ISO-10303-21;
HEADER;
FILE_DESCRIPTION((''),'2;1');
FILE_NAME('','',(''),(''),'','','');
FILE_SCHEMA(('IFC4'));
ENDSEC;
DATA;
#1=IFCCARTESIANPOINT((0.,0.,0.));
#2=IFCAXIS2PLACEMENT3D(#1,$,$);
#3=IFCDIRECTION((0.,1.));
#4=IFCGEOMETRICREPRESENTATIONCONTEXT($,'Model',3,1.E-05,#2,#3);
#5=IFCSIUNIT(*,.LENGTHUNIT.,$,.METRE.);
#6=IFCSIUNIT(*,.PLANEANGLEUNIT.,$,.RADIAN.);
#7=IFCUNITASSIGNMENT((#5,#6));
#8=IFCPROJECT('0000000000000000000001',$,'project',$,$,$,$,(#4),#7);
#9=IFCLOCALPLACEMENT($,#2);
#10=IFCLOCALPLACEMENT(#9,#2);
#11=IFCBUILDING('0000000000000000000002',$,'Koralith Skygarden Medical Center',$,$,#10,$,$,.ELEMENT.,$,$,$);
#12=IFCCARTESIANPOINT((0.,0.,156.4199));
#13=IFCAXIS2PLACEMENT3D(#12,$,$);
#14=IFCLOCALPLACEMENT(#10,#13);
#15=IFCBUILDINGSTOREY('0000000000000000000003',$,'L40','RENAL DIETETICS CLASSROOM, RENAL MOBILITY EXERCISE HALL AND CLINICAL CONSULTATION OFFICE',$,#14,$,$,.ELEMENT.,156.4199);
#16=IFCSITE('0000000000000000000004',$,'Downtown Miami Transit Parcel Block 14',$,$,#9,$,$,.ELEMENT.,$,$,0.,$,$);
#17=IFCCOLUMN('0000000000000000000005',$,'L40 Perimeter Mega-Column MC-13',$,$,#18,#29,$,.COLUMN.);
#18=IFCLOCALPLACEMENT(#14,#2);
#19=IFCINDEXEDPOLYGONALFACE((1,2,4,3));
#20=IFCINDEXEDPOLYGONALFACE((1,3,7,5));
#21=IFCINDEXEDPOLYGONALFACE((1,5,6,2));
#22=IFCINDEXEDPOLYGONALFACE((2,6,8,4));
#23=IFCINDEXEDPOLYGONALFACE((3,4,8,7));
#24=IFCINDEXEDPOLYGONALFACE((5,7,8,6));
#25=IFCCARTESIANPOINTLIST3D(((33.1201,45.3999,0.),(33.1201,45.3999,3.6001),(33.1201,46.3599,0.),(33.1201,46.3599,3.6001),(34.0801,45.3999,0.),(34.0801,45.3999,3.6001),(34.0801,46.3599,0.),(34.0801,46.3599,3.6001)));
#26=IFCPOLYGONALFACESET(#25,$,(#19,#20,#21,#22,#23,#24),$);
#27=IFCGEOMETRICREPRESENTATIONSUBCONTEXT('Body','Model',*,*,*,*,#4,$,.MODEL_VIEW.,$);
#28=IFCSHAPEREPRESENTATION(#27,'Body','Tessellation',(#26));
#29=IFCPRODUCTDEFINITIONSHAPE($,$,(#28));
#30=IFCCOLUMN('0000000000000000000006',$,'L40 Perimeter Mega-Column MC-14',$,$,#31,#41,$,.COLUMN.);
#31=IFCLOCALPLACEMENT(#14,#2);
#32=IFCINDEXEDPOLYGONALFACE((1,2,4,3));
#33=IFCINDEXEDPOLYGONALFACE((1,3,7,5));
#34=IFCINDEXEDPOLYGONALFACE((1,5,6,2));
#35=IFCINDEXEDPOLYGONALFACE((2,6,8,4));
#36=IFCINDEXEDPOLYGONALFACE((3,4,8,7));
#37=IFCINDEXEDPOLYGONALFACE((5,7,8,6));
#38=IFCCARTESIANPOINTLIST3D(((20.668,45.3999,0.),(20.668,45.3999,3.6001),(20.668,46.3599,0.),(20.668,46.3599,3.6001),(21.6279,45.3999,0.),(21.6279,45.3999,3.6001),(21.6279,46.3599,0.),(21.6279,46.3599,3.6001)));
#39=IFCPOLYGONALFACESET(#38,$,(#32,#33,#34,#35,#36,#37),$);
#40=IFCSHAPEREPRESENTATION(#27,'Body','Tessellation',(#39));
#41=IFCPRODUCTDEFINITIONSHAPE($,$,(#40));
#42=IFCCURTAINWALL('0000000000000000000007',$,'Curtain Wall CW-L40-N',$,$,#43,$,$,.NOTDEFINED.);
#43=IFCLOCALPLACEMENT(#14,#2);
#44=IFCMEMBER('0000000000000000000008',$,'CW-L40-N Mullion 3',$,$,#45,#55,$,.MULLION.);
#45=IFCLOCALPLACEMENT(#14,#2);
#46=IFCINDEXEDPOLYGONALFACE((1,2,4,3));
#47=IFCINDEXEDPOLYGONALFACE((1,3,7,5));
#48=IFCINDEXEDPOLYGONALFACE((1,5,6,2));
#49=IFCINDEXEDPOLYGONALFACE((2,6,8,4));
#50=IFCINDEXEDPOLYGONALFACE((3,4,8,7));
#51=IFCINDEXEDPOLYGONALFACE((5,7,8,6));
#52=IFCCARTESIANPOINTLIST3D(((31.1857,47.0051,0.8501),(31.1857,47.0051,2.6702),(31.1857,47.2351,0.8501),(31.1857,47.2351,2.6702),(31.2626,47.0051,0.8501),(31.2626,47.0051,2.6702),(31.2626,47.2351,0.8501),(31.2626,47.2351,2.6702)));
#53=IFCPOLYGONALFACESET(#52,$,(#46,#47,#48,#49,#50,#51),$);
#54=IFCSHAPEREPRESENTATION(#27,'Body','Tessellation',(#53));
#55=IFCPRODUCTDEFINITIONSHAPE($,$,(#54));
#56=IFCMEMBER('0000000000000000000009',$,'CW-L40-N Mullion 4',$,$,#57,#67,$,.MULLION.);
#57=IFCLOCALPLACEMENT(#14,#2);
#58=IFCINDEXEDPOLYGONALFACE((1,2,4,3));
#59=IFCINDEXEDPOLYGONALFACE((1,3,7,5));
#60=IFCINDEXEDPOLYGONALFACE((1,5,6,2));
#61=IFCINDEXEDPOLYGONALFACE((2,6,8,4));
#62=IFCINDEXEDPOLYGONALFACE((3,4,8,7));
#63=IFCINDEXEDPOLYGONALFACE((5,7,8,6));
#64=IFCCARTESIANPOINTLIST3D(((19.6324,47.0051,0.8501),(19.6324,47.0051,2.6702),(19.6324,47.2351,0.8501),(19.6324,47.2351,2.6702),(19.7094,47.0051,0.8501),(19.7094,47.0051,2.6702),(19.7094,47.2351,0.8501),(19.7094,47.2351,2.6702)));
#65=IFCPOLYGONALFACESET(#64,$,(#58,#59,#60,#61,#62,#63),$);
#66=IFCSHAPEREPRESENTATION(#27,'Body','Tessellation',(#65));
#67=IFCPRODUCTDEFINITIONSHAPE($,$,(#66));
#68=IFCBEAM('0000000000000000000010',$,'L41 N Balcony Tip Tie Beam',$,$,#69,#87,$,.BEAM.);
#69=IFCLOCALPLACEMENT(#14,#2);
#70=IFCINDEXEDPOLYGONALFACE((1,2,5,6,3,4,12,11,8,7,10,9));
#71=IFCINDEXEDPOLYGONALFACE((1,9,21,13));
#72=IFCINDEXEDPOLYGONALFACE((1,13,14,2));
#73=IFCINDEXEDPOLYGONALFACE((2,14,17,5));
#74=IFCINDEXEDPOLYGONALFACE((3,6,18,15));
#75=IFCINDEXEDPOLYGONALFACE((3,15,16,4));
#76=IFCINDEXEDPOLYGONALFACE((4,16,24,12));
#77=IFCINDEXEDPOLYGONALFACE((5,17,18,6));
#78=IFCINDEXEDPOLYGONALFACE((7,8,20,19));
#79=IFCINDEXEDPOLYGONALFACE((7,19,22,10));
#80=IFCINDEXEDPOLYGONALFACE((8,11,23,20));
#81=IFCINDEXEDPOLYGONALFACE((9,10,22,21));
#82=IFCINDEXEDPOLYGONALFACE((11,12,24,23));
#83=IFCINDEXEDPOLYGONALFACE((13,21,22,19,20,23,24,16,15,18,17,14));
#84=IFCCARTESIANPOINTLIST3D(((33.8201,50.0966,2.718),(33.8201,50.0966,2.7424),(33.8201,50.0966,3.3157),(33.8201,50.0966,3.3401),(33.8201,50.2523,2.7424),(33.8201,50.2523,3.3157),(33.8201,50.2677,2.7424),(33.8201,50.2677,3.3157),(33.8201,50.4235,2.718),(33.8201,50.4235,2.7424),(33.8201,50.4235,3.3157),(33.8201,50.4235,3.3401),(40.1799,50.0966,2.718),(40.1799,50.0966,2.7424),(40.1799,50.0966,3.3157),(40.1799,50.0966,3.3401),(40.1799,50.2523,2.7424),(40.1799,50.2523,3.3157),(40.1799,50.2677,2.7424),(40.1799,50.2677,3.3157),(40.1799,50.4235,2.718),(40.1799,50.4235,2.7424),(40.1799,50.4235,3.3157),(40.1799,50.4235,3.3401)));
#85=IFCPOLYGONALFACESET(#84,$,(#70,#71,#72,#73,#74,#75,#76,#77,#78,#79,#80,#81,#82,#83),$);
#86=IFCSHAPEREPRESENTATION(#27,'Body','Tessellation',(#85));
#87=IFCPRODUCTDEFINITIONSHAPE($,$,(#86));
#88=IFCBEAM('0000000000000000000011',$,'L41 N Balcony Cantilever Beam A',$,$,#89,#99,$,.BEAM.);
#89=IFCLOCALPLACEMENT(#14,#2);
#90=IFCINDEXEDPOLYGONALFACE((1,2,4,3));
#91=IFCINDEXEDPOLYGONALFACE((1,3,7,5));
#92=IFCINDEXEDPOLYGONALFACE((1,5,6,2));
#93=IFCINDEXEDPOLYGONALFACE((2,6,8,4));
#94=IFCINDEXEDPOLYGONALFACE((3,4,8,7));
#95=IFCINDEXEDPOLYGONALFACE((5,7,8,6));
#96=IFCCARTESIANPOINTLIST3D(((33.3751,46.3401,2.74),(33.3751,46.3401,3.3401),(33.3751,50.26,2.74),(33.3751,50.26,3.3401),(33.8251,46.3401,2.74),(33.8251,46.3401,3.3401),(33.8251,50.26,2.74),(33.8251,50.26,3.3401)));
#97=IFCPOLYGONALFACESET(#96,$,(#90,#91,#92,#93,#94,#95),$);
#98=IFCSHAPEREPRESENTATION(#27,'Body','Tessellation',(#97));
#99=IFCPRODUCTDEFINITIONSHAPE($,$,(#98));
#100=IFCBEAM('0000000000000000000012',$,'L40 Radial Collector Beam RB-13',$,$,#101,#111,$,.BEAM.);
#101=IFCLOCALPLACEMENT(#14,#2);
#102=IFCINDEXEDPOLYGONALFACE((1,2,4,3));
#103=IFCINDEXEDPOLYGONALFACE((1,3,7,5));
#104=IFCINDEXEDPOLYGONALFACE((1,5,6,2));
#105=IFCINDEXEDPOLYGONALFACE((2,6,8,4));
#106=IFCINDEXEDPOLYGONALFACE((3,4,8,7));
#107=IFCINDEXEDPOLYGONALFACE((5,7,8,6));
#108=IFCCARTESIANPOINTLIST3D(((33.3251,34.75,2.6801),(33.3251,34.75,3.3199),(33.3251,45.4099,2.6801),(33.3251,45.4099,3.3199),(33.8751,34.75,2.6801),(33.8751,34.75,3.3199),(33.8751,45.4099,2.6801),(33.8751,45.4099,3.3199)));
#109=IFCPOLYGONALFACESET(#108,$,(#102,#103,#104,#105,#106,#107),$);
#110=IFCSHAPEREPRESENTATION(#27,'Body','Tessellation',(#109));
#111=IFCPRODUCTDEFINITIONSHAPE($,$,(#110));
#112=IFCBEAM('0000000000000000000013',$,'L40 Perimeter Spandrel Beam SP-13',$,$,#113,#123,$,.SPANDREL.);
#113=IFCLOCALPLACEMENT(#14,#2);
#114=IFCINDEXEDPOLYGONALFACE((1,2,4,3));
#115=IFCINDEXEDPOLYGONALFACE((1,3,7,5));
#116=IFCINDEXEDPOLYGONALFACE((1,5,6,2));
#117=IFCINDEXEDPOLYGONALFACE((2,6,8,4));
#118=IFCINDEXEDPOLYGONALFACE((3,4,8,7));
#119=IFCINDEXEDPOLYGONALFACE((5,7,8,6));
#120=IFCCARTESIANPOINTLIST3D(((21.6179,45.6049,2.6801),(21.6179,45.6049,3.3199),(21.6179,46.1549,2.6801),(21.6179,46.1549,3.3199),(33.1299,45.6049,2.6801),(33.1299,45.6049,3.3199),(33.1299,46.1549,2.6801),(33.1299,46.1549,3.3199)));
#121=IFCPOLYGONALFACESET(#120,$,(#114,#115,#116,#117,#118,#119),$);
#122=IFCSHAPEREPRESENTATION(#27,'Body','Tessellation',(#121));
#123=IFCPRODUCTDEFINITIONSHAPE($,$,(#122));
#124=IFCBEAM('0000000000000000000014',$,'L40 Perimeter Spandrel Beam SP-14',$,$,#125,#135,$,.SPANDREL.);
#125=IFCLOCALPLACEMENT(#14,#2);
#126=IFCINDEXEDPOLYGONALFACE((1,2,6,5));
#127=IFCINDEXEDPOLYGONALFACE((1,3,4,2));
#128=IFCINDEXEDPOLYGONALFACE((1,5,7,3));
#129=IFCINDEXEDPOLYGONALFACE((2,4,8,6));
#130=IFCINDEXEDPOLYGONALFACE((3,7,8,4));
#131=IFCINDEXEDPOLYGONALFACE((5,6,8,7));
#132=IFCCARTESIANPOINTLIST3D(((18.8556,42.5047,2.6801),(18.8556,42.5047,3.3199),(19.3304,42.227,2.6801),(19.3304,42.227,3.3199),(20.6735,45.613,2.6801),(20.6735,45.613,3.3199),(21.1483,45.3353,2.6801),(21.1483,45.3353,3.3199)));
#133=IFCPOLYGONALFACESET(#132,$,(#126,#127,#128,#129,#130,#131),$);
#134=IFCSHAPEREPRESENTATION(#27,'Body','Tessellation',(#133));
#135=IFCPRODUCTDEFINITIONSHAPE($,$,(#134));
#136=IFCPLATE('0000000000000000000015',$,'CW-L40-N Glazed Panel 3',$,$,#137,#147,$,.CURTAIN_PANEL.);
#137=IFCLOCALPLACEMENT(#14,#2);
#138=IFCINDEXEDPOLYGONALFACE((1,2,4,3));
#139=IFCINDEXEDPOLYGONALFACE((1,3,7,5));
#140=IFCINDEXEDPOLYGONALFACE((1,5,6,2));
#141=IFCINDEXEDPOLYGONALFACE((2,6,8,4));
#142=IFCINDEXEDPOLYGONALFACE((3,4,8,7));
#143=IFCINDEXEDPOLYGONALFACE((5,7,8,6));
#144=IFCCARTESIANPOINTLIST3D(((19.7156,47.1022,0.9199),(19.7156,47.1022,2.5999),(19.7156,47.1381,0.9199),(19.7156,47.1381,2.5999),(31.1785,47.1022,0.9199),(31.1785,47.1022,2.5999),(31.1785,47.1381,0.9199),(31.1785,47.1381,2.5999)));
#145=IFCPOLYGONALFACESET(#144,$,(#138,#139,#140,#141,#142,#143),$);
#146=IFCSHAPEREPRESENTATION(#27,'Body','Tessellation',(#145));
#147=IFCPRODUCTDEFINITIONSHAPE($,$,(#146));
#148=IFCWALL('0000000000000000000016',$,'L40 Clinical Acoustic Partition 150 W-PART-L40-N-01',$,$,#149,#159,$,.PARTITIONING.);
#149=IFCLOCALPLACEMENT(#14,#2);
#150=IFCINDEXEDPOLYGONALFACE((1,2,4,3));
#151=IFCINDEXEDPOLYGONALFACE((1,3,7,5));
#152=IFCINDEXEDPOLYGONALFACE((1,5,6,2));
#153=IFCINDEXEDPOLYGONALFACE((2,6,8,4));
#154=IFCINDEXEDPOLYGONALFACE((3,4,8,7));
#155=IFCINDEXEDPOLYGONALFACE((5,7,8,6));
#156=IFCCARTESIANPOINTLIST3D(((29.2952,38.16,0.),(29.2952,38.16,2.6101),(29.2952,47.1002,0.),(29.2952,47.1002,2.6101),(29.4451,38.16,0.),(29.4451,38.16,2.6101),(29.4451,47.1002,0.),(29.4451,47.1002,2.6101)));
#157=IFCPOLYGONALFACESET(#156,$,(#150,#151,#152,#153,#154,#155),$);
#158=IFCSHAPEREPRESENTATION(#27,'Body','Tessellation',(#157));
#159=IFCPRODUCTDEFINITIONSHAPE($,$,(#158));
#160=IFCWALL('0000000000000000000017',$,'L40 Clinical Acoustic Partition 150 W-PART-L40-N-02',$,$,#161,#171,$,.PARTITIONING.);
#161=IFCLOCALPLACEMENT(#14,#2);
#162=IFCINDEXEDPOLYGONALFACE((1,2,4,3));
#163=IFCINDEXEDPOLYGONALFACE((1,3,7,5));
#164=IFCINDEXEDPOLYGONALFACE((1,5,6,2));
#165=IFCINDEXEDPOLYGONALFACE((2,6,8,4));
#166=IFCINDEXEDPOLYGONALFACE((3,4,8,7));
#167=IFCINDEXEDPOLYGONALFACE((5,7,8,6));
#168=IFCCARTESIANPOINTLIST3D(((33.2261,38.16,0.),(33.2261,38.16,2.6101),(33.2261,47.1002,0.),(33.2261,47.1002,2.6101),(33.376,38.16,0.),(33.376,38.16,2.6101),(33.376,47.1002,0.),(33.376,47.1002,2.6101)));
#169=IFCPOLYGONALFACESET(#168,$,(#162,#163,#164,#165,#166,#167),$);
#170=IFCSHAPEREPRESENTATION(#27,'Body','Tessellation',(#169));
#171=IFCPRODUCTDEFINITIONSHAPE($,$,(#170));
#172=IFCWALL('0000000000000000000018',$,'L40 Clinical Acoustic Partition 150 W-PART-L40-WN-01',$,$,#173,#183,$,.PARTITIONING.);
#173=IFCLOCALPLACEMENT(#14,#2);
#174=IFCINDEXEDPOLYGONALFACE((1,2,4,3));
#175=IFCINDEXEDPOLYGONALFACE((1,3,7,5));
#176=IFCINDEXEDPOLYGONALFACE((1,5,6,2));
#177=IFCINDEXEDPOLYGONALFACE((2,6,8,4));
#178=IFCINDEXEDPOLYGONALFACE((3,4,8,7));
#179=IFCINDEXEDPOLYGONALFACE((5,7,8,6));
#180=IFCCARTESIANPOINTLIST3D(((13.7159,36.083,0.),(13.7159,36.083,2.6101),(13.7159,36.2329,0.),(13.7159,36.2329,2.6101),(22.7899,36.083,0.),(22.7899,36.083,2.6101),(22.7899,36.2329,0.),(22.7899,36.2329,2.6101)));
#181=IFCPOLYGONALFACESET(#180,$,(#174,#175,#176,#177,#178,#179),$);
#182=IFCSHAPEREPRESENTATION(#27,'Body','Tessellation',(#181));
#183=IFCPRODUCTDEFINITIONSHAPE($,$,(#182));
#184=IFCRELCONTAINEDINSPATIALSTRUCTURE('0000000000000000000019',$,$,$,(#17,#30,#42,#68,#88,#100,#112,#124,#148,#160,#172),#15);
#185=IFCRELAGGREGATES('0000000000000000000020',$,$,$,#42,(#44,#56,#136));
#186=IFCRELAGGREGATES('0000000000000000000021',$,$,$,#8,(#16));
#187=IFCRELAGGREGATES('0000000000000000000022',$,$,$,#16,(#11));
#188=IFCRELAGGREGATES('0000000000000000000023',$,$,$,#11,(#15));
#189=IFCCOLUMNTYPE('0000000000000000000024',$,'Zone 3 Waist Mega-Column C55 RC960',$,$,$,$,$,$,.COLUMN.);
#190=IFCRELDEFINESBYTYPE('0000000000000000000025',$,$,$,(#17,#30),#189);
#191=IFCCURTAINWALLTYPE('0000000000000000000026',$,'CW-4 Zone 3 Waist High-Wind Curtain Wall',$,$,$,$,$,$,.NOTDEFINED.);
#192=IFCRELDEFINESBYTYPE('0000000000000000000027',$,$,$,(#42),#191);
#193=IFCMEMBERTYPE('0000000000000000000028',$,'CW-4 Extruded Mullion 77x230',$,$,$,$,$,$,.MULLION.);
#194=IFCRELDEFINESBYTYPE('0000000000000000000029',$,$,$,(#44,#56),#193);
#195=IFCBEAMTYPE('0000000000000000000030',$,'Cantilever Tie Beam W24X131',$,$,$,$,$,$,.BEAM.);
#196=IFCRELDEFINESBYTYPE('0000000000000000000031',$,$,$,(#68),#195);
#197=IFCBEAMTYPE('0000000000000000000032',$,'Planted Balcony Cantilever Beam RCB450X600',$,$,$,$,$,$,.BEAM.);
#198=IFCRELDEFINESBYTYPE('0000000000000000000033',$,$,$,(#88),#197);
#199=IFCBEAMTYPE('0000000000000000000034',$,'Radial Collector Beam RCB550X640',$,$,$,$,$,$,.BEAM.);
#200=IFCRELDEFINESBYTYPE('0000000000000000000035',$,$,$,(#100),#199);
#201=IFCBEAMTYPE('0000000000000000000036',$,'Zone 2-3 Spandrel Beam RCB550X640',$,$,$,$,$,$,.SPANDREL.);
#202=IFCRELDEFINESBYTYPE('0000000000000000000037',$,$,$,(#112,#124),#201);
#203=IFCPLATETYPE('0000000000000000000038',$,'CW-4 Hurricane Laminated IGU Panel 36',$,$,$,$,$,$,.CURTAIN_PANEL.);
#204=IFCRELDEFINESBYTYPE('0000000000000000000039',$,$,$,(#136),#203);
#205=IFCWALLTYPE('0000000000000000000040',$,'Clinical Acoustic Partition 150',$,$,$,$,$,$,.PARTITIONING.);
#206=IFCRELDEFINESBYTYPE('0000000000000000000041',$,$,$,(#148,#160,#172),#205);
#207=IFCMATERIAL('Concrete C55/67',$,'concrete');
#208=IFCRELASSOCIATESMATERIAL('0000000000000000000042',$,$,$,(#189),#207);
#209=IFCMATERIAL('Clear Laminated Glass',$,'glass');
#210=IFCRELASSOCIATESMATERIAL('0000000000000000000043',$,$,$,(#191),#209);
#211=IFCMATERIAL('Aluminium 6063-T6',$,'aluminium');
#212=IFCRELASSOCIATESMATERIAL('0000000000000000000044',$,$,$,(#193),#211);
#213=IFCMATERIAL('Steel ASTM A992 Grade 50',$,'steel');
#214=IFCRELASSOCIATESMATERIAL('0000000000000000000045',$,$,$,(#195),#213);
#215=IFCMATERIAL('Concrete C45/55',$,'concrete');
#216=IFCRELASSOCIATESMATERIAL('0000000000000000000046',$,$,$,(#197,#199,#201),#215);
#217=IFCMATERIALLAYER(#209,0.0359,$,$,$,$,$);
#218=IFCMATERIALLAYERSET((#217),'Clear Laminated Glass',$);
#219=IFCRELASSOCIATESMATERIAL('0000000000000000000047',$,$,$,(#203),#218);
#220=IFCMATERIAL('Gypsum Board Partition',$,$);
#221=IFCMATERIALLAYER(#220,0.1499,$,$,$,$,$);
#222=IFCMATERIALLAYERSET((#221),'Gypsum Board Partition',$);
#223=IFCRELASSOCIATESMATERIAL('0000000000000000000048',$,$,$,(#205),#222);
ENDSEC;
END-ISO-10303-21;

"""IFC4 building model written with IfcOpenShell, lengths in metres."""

from ifc_helpers import new_model, si_unit, direction, frame, frame_2d, origin, origin_2d, place, context, subcontext, project, spatial, rectangle, i_section, extrude, material, layer, layer_set, material_profile, profile_set, type_object, element, aggregate, save


model = new_model("IFC4")

# Units and contexts
model_context = context("Model", 3, precision=1e-05, world=origin(), true_north=direction((0.0, 1.0)))
body_context = subcontext(model_context, "Body", "Model", "MODEL_VIEW")
ifc_project = project(units=[si_unit("LENGTHUNIT", "METRE"), si_unit("PLANEANGLEUNIT", "RADIAN")], contexts=[model_context])

# Site, building, storey
site_placement = place(None, origin())
site = spatial("IfcSite", under=ifc_project, at=site_placement, Name="Downtown Miami Transit Parcel Block 14", CompositionType="ELEMENT", RefElevation=0.0)
building_placement = place(site_placement, origin())
building = spatial("IfcBuilding", under=site, at=building_placement, Name="Koralith Skygarden Medical Center", CompositionType="ELEMENT")
storey_placement = place(building_placement, frame((0.0, 0.0, 156.4199)))
storey = spatial("IfcBuildingStorey", under=building, at=storey_placement, Name="L40", Description="RENAL DIETETICS CLASSROOM, RENAL MOBILITY EXERCISE HALL AND CLINICAL CONSULTATION OFFICE", CompositionType="ELEMENT", Elevation=156.4199)

# Columns
ifc_material_1 = material(Name="Concrete C55/67", Category="concrete")
ifc_material_profile_1 = material_profile(ifc_material_1, rectangle(XDim=0.96, YDim=0.96, at=origin_2d()), Name="RC960X960")
ifc_profile_set_1 = profile_set([ifc_material_profile_1], Name="Concrete C55/67")
column_type = type_object("IfcColumnType", Name="Zone 3 Waist Mega-Column C55 RC960", PredefinedType="COLUMN", material=ifc_profile_set_1)
for number, where, z_axis, x_axis, name in (
    (1, (33.6001, 45.8799, 0.0), (0.0, 0.0, 1.0), (1.0, 0.0, 0.0), "L40 Perimeter Mega-Column MC-13"),
    (2, (21.1479, 45.8799, 0.0), (0.0, 0.0, 1.0), (1.0, 0.0, 0.0), "L40 Perimeter Mega-Column MC-14"),
):
    element("IfcColumn", number, at=place(storey_placement, frame(where, z_axis=z_axis, x_axis=x_axis)), inside=storey, type_object=column_type, Name=name, PredefinedType="COLUMN", context=body_context, shape_type="SweptSolid", body=[
        extrude(rectangle(XDim=0.96, YDim=0.96, at=origin_2d()), origin(), (0.0, 0.0, 1.0), 3.6001),
    ])

# Curtain wall, members
ifc_material_2 = material(Name="Clear Laminated Glass", Category="glass")
curtain_wall_type = type_object("IfcCurtainWallType", Name="CW-4 Zone 3 Waist High-Wind Curtain Wall", PredefinedType="NOTDEFINED", material=ifc_material_2)
curtain_wall_placement = place(storey_placement, origin())
curtain_wall = element("IfcCurtainWall", 3, at=curtain_wall_placement, inside=storey, type_object=curtain_wall_type, Name="Curtain Wall CW-L40-N", PredefinedType="NOTDEFINED")
ifc_material_3 = material(Name="Aluminium 6063-T6", Category="aluminium")
ifc_material_profile_2 = material_profile(ifc_material_3, rectangle(XDim=0.0769, YDim=0.23, at=origin_2d()), Name="MUL77X230")
ifc_profile_set_2 = profile_set([ifc_material_profile_2], Name="Aluminium 6063-T6")
member_type = type_object("IfcMemberType", Name="CW-4 Extruded Mullion 77x230", PredefinedType="MULLION", material=ifc_profile_set_2)
member_1_placement = place(storey_placement, frame((31.2241, 47.1201, 0.8501), z_axis=(0.0, 0.0, 1.0), x_axis=(1.0, 0.0, 0.0)))
member_1 = element("IfcMember", 4, at=member_1_placement, type_object=member_type, Name="CW-L40-N Mullion 3", PredefinedType="MULLION", context=body_context, shape_type="SweptSolid", body=[
    extrude(rectangle(XDim=0.0769, YDim=0.23, at=origin_2d()), origin(), (0.0, 0.0, 1.0), 1.8201),
])
member_2_placement = place(storey_placement, frame((19.6709, 47.1201, 0.8501), z_axis=(0.0, 0.0, 1.0), x_axis=(1.0, 0.0, 0.0)))
member_2 = element("IfcMember", 5, at=member_2_placement, type_object=member_type, Name="CW-L40-N Mullion 4", PredefinedType="MULLION", context=body_context, shape_type="SweptSolid", body=[
    extrude(rectangle(XDim=0.0769, YDim=0.23, at=origin_2d()), origin(), (0.0, 0.0, 1.0), 1.8201),
])

# Beams
ifc_material_4 = material(Name="Steel ASTM A992 Grade 50", Category="steel")
ifc_material_profile_3 = material_profile(ifc_material_4, i_section(OverallWidth=0.3269, OverallDepth=0.6221, WebThickness=0.0154, FlangeThickness=0.0244, at=origin_2d()), Name="W24X131")
ifc_profile_set_3 = profile_set([ifc_material_profile_3], Name="Steel ASTM A992 Grade 50")
beam_type_1 = type_object("IfcBeamType", Name="Cantilever Tie Beam W24X131", PredefinedType="BEAM", material=ifc_profile_set_3)
beam_1_placement = place(storey_placement, frame((33.8201, 50.26, 3.0291), z_axis=(1.0, 0.0, 0.0), x_axis=(0.0, 1.0, 0.0)))
element("IfcBeam", 6, at=beam_1_placement, inside=storey, type_object=beam_type_1, Name="L41 N Balcony Tip Tie Beam", PredefinedType="BEAM", context=body_context, shape_type="SweptSolid", body=[
    extrude(i_section(OverallWidth=0.3269, OverallDepth=0.6221, WebThickness=0.0154, FlangeThickness=0.0244, at=origin_2d()), origin(), (0.0, 0.0, 1.0), 6.3599),
])
ifc_material_5 = material(Name="Concrete C45/55", Category="concrete")
ifc_material_profile_4 = material_profile(ifc_material_5, rectangle(XDim=0.45, YDim=0.6001, at=origin_2d()), Name="RCB450X600")
ifc_profile_set_4 = profile_set([ifc_material_profile_4], Name="Concrete C45/55")
beam_type_2 = type_object("IfcBeamType", Name="Planted Balcony Cantilever Beam RCB450X600", PredefinedType="BEAM", material=ifc_profile_set_4)
beam_2_placement = place(storey_placement, frame((33.6001, 46.3401, 3.04), z_axis=(0.0, 1.0, 0.0), x_axis=(-1.0, 0.0, 0.0)))
element("IfcBeam", 7, at=beam_2_placement, inside=storey, type_object=beam_type_2, Name="L41 N Balcony Cantilever Beam A", PredefinedType="BEAM", context=body_context, shape_type="SweptSolid", body=[
    extrude(rectangle(XDim=0.45, YDim=0.6001, at=origin_2d()), origin(), (0.0, 0.0, 1.0), 3.9199),
])
ifc_material_profile_5 = material_profile(ifc_material_5, rectangle(XDim=0.55, YDim=0.6399, at=origin_2d()), Name="RCB550X640")
ifc_profile_set_5 = profile_set([ifc_material_profile_5], Name="Concrete C45/55")
beam_type_3 = type_object("IfcBeamType", Name="Radial Collector Beam RCB550X640", PredefinedType="BEAM", material=ifc_profile_set_5)
beam_3_placement = place(storey_placement, frame((33.6001, 34.75, 3.0), z_axis=(0.0, 1.0, 0.0), x_axis=(-1.0, 0.0, 0.0)))
element("IfcBeam", 8, at=beam_3_placement, inside=storey, type_object=beam_type_3, Name="L40 Radial Collector Beam RB-13", PredefinedType="BEAM", context=body_context, shape_type="SweptSolid", body=[
    extrude(rectangle(XDim=0.55, YDim=0.6399, at=origin_2d()), origin(), (0.0, 0.0, 1.0), 10.6599),
])
ifc_material_profile_6 = material_profile(ifc_material_5, rectangle(XDim=0.55, YDim=0.6399, at=origin_2d()), Name="RCB550X640")
ifc_profile_set_6 = profile_set([ifc_material_profile_6], Name="Concrete C45/55")
beam_type_4 = type_object("IfcBeamType", Name="Zone 2-3 Spandrel Beam RCB550X640", PredefinedType="SPANDREL", material=ifc_profile_set_6)
beam_4_placement = place(storey_placement, frame((33.1299, 45.8799, 3.0), z_axis=(-1.0, 0.0, 0.0), x_axis=(0.0, -1.0, 0.0)))
element("IfcBeam", 9, at=beam_4_placement, inside=storey, type_object=beam_type_4, Name="L40 Perimeter Spandrel Beam SP-13", PredefinedType="SPANDREL", context=body_context, shape_type="SweptSolid", body=[
    extrude(rectangle(XDim=0.55, YDim=0.6399, at=origin_2d()), origin(), (0.0, 0.0, 1.0), 11.512),
])
beam_5_placement = place(storey_placement, frame((20.9109, 45.4741, 3.0), z_axis=(-0.504861, -0.8632, 0.0), x_axis=(0.8632, -0.504861, 0.0)))
element("IfcBeam", 10, at=beam_5_placement, inside=storey, type_object=beam_type_4, Name="L40 Perimeter Spandrel Beam SP-14", PredefinedType="SPANDREL", context=body_context, shape_type="SweptSolid", body=[
    extrude(rectangle(XDim=0.55, YDim=0.6399, at=origin_2d()), origin(), (0.0, 0.0, 1.0), 3.6008),
])

# Plate
ifc_layer_1 = layer(ifc_material_2, 0.0359)
ifc_layer_set_1 = layer_set([ifc_layer_1], Name="Clear Laminated Glass")
plate_type = type_object("IfcPlateType", Name="CW-4 Hurricane Laminated IGU Panel 36", PredefinedType="CURTAIN_PANEL", material=ifc_layer_set_1)
plate_placement = place(storey_placement, frame((25.447, 47.1201, 0.9199), z_axis=(0.0, 0.0, 1.0), x_axis=(-1.0, 0.0, 0.0)))
plate = element("IfcPlate", 11, at=plate_placement, type_object=plate_type, Name="CW-L40-N Glazed Panel 3", PredefinedType="CURTAIN_PANEL", context=body_context, shape_type="SweptSolid", body=[
    extrude(rectangle(XDim=11.4629, YDim=0.0359, at=origin_2d()), origin(), (0.0, 0.0, 1.0), 1.6799),
])
aggregate(curtain_wall, [member_1, member_2, plate])

# Walls
ifc_material_6 = material(Name="Gypsum Board Partition")
ifc_layer_2 = layer(ifc_material_6, 0.1499)
ifc_layer_set_2 = layer_set([ifc_layer_2], Name="Gypsum Board Partition")
wall_type_1 = type_object("IfcWallType", Name="Clinical Acoustic Partition 150", PredefinedType="PARTITIONING", material=ifc_layer_set_2)
for number, where, z_axis, x_axis, name in (
    (12, (29.3701, 38.1599, 0.0), (0.0, 0.0, 1.0), (0.0, 1.0, 0.0), "L40 Clinical Acoustic Partition 150 W-PART-L40-N-01"),
    (13, (33.301, 38.1599, 0.0), (0.0, 0.0, 1.0), (0.0, 1.0, 0.0), "L40 Clinical Acoustic Partition 150 W-PART-L40-N-02"),
):
    element("IfcWall", number, at=place(storey_placement, frame(where, z_axis=z_axis, x_axis=x_axis)), inside=storey, type_object=wall_type_1, Name=name, PredefinedType="PARTITIONING", context=body_context, shape_type="SweptSolid", body=[
        extrude(rectangle(XDim=8.9402, YDim=0.1499, at=frame_2d((4.4702, 0.0))), origin(), (0.0, 0.0, 1.0), 2.6101),
    ])
wall_1_placement = place(storey_placement, frame((22.79, 36.158, 0.0), z_axis=(0.0, 0.0, 1.0), x_axis=(-1.0, 0.0, 0.0)))
element("IfcWall", 14, at=wall_1_placement, inside=storey, type_object=wall_type_1, Name="L40 Clinical Acoustic Partition 150 W-PART-L40-WN-01", PredefinedType="PARTITIONING", context=body_context, shape_type="SweptSolid", body=[
    extrude(rectangle(XDim=9.074, YDim=0.1499, at=frame_2d((4.5371, 0.0))), origin(), (0.0, 0.0, 1.0), 2.6101),
])

save(model, "model.ifc")
